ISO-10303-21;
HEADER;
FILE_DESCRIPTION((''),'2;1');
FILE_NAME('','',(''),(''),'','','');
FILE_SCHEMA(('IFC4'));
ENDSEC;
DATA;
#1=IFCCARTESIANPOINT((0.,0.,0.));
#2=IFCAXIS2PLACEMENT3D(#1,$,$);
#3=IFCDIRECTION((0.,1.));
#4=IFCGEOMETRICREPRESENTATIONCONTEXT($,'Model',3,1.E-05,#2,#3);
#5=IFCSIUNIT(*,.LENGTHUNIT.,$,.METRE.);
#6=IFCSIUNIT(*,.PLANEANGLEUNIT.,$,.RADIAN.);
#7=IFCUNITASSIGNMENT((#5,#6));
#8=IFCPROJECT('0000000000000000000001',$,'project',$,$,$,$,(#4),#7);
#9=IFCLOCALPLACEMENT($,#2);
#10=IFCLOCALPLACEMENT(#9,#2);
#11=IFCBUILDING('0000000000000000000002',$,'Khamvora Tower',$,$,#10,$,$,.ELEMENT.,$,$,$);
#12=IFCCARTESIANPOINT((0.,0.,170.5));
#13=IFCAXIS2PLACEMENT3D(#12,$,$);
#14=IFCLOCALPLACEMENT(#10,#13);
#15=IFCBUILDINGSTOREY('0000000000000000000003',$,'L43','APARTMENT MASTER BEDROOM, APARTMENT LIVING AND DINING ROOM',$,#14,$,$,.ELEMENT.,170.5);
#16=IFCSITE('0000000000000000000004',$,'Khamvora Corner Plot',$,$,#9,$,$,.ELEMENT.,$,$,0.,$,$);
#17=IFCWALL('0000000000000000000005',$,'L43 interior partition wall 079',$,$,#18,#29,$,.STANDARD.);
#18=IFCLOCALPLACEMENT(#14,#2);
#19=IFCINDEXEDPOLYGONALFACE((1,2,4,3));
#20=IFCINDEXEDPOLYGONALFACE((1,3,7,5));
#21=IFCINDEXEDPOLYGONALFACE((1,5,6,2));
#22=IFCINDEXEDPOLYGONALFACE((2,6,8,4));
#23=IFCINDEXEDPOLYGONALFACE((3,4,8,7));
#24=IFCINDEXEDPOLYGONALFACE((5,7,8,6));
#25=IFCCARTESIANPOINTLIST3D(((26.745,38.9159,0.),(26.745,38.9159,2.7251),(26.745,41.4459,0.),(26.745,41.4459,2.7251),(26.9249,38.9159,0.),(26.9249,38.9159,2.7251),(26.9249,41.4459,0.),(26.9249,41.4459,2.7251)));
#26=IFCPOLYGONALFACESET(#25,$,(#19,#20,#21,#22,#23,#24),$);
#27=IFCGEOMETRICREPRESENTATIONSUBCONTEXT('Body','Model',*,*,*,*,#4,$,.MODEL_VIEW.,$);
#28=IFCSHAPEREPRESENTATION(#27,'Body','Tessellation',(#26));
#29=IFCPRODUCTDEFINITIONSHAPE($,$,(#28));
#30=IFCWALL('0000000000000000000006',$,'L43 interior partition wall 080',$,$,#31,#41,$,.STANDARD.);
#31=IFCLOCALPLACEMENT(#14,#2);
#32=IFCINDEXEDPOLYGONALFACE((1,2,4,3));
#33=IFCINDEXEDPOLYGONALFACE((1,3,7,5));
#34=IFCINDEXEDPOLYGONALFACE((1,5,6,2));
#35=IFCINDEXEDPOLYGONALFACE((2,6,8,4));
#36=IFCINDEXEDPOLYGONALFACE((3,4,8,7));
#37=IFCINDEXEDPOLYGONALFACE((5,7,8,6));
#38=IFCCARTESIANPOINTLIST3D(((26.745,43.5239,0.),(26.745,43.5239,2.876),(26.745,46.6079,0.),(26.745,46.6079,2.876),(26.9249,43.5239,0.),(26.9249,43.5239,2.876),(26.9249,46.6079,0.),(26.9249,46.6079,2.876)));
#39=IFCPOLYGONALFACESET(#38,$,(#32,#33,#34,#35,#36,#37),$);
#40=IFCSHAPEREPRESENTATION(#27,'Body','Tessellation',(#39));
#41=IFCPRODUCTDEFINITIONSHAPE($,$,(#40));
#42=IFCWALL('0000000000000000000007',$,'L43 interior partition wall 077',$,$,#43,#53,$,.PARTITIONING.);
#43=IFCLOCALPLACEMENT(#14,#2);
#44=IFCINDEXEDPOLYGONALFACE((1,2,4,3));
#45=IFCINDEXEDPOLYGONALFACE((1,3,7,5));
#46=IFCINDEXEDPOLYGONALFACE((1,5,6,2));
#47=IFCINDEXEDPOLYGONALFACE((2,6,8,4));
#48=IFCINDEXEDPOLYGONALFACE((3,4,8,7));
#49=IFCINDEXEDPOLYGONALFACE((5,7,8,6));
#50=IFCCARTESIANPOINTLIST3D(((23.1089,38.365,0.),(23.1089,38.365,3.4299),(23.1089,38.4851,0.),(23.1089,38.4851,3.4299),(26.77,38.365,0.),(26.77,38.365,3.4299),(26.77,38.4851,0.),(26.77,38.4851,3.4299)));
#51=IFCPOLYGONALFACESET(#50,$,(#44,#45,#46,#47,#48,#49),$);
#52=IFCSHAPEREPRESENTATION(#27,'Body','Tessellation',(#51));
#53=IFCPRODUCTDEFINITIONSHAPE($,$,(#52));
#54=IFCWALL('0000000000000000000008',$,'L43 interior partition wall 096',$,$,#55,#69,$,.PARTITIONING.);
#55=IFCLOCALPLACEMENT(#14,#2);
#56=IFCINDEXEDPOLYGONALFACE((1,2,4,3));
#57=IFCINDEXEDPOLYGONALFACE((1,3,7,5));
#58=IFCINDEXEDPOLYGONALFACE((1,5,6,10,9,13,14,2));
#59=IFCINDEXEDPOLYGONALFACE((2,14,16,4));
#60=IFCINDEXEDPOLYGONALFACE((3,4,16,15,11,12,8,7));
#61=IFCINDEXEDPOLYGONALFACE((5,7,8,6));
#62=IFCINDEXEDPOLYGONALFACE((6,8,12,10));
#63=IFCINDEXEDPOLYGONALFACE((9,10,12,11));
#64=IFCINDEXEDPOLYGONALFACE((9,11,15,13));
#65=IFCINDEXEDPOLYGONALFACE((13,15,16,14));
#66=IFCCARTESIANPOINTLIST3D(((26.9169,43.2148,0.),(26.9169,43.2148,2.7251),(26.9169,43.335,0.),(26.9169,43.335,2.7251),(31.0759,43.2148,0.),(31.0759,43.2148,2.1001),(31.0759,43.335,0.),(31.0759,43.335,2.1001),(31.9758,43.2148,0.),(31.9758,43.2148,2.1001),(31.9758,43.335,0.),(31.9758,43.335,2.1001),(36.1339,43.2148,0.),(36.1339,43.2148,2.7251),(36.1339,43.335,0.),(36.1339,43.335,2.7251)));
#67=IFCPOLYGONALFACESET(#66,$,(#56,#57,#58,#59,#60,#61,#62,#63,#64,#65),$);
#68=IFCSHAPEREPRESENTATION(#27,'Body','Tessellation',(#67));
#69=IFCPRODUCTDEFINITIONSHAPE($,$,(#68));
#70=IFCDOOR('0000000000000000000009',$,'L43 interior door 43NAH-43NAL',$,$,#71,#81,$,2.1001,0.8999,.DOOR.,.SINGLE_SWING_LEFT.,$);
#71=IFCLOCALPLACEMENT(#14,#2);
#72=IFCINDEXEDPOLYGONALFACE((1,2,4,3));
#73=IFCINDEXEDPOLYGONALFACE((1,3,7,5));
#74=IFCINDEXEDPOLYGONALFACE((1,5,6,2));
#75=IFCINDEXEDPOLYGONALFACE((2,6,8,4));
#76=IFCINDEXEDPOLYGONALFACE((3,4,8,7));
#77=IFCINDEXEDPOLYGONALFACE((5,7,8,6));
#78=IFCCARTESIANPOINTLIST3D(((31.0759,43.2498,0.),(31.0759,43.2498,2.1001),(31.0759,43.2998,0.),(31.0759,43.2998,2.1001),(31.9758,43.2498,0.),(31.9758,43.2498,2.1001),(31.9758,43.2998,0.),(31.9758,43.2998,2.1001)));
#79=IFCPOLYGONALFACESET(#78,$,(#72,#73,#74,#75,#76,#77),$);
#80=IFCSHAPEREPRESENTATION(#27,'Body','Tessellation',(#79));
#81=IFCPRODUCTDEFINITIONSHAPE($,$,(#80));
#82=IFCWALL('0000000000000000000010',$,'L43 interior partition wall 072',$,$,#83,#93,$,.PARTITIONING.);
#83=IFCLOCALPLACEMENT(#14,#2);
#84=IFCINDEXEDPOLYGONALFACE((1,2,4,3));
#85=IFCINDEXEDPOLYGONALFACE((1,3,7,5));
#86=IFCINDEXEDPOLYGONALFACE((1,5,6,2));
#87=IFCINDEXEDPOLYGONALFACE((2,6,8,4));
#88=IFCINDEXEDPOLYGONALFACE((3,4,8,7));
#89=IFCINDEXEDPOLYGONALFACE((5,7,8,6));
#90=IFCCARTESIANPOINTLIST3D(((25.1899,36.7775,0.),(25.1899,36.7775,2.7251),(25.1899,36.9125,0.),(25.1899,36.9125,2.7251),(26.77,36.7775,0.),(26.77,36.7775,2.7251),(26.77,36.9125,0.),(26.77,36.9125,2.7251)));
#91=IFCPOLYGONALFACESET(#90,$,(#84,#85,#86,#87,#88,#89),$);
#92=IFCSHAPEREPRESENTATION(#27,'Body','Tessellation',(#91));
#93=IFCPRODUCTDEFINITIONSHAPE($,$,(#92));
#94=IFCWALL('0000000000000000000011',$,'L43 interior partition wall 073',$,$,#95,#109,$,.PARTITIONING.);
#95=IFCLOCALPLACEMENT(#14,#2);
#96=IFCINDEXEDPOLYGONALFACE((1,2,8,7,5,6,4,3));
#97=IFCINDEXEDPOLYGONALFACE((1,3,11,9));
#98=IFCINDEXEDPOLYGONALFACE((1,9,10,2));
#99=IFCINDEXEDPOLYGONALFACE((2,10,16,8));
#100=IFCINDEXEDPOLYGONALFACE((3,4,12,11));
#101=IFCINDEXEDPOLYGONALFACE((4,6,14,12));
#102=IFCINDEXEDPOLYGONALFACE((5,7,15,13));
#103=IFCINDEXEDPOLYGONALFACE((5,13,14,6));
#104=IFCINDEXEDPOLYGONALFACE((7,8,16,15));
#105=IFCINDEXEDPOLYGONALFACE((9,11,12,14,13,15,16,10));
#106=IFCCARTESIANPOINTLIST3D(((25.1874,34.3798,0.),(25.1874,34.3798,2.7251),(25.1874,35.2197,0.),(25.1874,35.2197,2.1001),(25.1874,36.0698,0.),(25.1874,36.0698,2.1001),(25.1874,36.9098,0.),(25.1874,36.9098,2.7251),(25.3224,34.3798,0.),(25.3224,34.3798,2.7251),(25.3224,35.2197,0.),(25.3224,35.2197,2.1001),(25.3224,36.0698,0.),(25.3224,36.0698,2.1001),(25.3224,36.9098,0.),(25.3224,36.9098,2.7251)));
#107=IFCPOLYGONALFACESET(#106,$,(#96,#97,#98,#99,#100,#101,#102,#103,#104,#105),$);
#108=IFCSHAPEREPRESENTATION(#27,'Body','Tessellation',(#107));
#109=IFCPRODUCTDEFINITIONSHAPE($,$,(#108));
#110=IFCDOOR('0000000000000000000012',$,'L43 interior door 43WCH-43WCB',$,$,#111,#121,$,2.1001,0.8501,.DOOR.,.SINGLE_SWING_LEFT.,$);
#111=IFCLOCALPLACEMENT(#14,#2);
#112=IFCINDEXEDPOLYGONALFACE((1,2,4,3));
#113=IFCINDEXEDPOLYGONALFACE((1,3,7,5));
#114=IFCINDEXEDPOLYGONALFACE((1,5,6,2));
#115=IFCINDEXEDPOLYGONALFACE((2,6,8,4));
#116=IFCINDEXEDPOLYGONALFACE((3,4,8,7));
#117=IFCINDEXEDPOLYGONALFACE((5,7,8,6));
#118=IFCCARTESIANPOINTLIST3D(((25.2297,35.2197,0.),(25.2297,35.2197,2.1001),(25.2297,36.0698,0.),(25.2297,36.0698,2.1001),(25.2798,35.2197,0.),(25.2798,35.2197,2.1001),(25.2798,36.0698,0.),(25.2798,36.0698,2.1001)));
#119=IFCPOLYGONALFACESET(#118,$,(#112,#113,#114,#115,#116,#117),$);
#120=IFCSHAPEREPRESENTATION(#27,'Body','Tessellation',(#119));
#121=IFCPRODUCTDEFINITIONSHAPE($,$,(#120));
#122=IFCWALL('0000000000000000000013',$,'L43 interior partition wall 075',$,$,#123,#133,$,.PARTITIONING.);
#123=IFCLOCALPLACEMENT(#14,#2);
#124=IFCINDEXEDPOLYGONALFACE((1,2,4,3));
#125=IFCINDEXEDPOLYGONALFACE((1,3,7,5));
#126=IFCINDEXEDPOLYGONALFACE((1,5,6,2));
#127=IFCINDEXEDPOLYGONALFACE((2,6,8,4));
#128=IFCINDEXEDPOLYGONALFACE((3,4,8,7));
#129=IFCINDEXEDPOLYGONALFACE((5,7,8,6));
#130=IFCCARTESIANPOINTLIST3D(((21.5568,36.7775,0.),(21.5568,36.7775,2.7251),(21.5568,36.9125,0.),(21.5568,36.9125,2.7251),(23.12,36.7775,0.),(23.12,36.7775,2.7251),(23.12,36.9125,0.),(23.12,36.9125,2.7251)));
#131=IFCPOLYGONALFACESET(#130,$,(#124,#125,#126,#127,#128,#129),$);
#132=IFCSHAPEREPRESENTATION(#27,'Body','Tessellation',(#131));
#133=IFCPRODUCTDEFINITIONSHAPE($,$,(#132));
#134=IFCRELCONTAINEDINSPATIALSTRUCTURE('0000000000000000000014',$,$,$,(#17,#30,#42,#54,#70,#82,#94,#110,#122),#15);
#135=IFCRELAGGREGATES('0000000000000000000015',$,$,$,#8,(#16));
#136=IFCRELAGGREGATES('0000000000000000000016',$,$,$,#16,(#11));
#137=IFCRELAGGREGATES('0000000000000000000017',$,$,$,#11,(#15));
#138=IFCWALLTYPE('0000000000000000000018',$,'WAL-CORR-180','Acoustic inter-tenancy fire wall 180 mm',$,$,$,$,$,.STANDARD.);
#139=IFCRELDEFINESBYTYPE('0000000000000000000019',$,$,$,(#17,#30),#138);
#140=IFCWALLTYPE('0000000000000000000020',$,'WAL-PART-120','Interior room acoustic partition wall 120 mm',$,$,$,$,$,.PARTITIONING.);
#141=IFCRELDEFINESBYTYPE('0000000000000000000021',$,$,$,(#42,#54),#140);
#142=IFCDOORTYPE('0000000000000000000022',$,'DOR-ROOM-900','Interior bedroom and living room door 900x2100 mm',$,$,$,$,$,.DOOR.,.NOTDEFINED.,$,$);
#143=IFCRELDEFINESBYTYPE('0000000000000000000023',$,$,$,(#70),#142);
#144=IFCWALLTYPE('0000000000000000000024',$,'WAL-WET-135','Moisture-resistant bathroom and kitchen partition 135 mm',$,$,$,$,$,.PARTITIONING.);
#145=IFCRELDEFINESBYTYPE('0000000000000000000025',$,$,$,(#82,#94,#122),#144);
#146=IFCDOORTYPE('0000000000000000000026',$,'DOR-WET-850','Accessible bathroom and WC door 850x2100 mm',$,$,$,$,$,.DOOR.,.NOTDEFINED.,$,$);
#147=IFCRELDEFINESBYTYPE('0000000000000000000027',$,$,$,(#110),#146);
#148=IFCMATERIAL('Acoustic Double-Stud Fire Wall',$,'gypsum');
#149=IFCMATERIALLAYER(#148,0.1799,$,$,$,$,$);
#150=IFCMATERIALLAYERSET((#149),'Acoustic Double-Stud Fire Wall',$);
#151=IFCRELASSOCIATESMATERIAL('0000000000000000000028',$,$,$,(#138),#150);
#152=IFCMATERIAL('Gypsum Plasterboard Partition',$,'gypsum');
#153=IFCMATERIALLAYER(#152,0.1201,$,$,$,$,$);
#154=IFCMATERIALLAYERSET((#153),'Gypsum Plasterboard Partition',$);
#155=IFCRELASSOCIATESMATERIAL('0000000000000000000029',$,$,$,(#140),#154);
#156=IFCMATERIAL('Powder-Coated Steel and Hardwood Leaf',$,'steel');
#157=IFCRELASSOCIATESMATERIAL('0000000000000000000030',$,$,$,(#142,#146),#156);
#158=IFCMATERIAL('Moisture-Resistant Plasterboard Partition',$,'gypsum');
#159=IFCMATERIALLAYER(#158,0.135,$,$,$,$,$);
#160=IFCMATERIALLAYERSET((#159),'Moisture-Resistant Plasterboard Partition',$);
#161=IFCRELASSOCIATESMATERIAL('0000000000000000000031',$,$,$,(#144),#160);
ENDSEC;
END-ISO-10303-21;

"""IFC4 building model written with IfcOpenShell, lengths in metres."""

from ifc_helpers import new_model, si_unit, direction, frame, frame_2d, origin, place, context, subcontext, project, spatial, rectangle, extrude, material, layer, layer_set, type_object, element, fill, save


model = new_model("IFC4")

# Units and contexts
model_context = context("Model", 3, precision=1e-05, world=origin(), true_north=direction((0.0, 1.0)))
body_context = subcontext(model_context, "Body", "Model", "MODEL_VIEW")
ifc_project = project(units=[si_unit("LENGTHUNIT", "METRE"), si_unit("PLANEANGLEUNIT", "RADIAN")], contexts=[model_context])

# Site, building, storey
site_placement = place(None, origin())
site = spatial("IfcSite", under=ifc_project, at=site_placement, Name="Khamvora Corner Plot", CompositionType="ELEMENT", RefElevation=0.0)
building_placement = place(site_placement, origin())
building = spatial("IfcBuilding", under=site, at=building_placement, Name="Khamvora Tower", CompositionType="ELEMENT")
storey_placement = place(building_placement, frame((0.0, 0.0, 170.5)))
storey = spatial("IfcBuildingStorey", under=building, at=storey_placement, Name="L43", Description="APARTMENT MASTER BEDROOM, APARTMENT LIVING AND DINING ROOM", CompositionType="ELEMENT", Elevation=170.5)

# Shared definitions
ifc_material_1 = material(Name="Powder-Coated Steel and Hardwood Leaf", Category="steel")

# Walls
ifc_material_2 = material(Name="Acoustic Double-Stud Fire Wall", Category="gypsum")
ifc_layer_1 = layer(ifc_material_2, 0.1799)
ifc_layer_set_1 = layer_set([ifc_layer_1], Name="Acoustic Double-Stud Fire Wall")
wall_type_1 = type_object("IfcWallType", Name="WAL-CORR-180", Description="Acoustic inter-tenancy fire wall 180 mm", PredefinedType="STANDARD", material=ifc_layer_set_1)
wall_1_placement = place(storey_placement, frame((26.835, 41.446, 0.0), z_axis=(0.0, 0.0, 1.0), x_axis=(0.0, -1.0, 0.0)))
element("IfcWall", 1, at=wall_1_placement, inside=storey, type_object=wall_type_1, Name="L43 interior partition wall 079", PredefinedType="STANDARD", context=body_context, shape_type="SweptSolid", body=[
    extrude(rectangle(XDim=2.53, YDim=0.1799, at=frame_2d((1.2651, 0.0))), origin(), (0.0, 0.0, 1.0), 2.7251),
])
wall_2_placement = place(storey_placement, frame((26.835, 46.6079, 0.0), z_axis=(0.0, 0.0, 1.0), x_axis=(0.0, -1.0, 0.0)))
element("IfcWall", 2, at=wall_2_placement, inside=storey, type_object=wall_type_1, Name="L43 interior partition wall 080", PredefinedType="STANDARD", context=body_context, shape_type="SweptSolid", body=[
    extrude(rectangle(XDim=3.084, YDim=0.1799, at=frame_2d((1.542, 0.0))), origin(), (0.0, 0.0, 1.0), 2.876),
])
ifc_material_3 = material(Name="Gypsum Plasterboard Partition", Category="gypsum")
ifc_layer_2 = layer(ifc_material_3, 0.1201)
ifc_layer_set_2 = layer_set([ifc_layer_2], Name="Gypsum Plasterboard Partition")
wall_type_2 = type_object("IfcWallType", Name="WAL-PART-120", Description="Interior room acoustic partition wall 120 mm", PredefinedType="PARTITIONING", material=ifc_layer_set_2)
wall_3_placement = place(storey_placement, frame((23.1089, 38.425, 0.0), z_axis=(0.0, 0.0, 1.0), x_axis=(1.0, 0.0, 0.0)))
element("IfcWall", 3, at=wall_3_placement, inside=storey, type_object=wall_type_2, Name="L43 interior partition wall 077", PredefinedType="PARTITIONING", context=body_context, shape_type="SweptSolid", body=[
    extrude(rectangle(XDim=3.6611, YDim=0.1201, at=frame_2d((1.8306, 0.0))), origin(), (0.0, 0.0, 1.0), 3.4299),
])

# Wall, opening, door
wall_4_placement = place(storey_placement, frame((26.917, 43.2749, 0.0), z_axis=(0.0, 0.0, 1.0), x_axis=(1.0, 0.0, 0.0)))
wall_4 = element("IfcWall", 4, at=wall_4_placement, inside=storey, type_object=wall_type_2, Name="L43 interior partition wall 096", PredefinedType="PARTITIONING", context=body_context, shape_type="SweptSolid", body=[
    extrude(rectangle(XDim=9.217, YDim=0.1201, at=frame_2d((4.6084, 0.0))), origin(), (0.0, 0.0, 1.0), 2.7251),
])
opening_1_placement = place(wall_4_placement, frame((4.1589, 0.0, 0.0)))
opening_1 = element("IfcOpeningElement", 5, at=opening_1_placement, cuts=wall_4, PredefinedType="OPENING", context=body_context, shape_type="SweptSolid", body=[
    extrude(rectangle(XDim=0.8999, YDim=2.1001, at=frame_2d((0.45, 1.05))), frame((0.0, 0.0701, 0.0), z_axis=(0.0, -1.0, 0.0), x_axis=(1.0, 0.0, 0.0)), (0.0, 0.0, 1.0), 0.1401),
])
door_type_1 = type_object("IfcDoorType", Name="DOR-ROOM-900", Description="Interior bedroom and living room door 900x2100 mm", OperationType="NOTDEFINED", PredefinedType="DOOR", material=ifc_material_1)
door_1_placement = place(opening_1_placement, origin())
door_1 = element("IfcDoor", 6, at=door_1_placement, inside=storey, type_object=door_type_1, Name="L43 interior door 43NAH-43NAL", OperationType="SINGLE_SWING_LEFT", OverallHeight=2.1001, OverallWidth=0.8999, PredefinedType="DOOR", context=body_context, shape_type="SweptSolid", body=[
    extrude(rectangle(XDim=0.8999, YDim=2.1001, at=frame_2d((0.45, 1.05))), frame((0.0, 0.0249, 0.0), z_axis=(0.0, -1.0, 0.0), x_axis=(1.0, 0.0, 0.0)), (0.0, 0.0, 1.0), 0.05),
])
fill(opening_1, door_1)

# Wall
ifc_material_4 = material(Name="Moisture-Resistant Plasterboard Partition", Category="gypsum")
ifc_layer_3 = layer(ifc_material_4, 0.135)
ifc_layer_set_3 = layer_set([ifc_layer_3], Name="Moisture-Resistant Plasterboard Partition")
wall_type_3 = type_object("IfcWallType", Name="WAL-WET-135", Description="Moisture-resistant bathroom and kitchen partition 135 mm", PredefinedType="PARTITIONING", material=ifc_layer_set_3)
wall_5_placement = place(storey_placement, frame((26.77, 36.845, 0.0), z_axis=(0.0, 0.0, 1.0), x_axis=(-1.0, 0.0, 0.0)))
element("IfcWall", 7, at=wall_5_placement, inside=storey, type_object=wall_type_3, Name="L43 interior partition wall 072", PredefinedType="PARTITIONING", context=body_context, shape_type="SweptSolid", body=[
    extrude(rectangle(XDim=1.5801, YDim=0.135, at=frame_2d((0.79, 0.0))), origin(), (0.0, 0.0, 1.0), 2.7251),
])

# Wall, opening, door
wall_6_placement = place(storey_placement, frame((25.2549, 36.9099, 0.0), z_axis=(0.0, 0.0, 1.0), x_axis=(0.0, -1.0, 0.0)))
wall_6 = element("IfcWall", 8, at=wall_6_placement, inside=storey, type_object=wall_type_3, Name="L43 interior partition wall 073", PredefinedType="PARTITIONING", context=body_context, shape_type="SweptSolid", body=[
    extrude(rectangle(XDim=2.53, YDim=0.135, at=frame_2d((1.2651, 0.0))), origin(), (0.0, 0.0, 1.0), 2.7251),
])
opening_2_placement = place(wall_6_placement, frame((0.8401, 0.0, 0.0)))
opening_2 = element("IfcOpeningElement", 9, at=opening_2_placement, cuts=wall_6, PredefinedType="OPENING", context=body_context, shape_type="SweptSolid", body=[
    extrude(rectangle(XDim=0.8501, YDim=2.1001, at=frame_2d((0.425, 1.05))), frame((0.0, 0.0774, 0.0), z_axis=(0.0, -1.0, 0.0), x_axis=(1.0, 0.0, 0.0)), (0.0, 0.0, 1.0), 0.155),
])
door_type_2 = type_object("IfcDoorType", Name="DOR-WET-850", Description="Accessible bathroom and WC door 850x2100 mm", OperationType="NOTDEFINED", PredefinedType="DOOR", material=ifc_material_1)
door_2_placement = place(opening_2_placement, origin())
door_2 = element("IfcDoor", 10, at=door_2_placement, inside=storey, type_object=door_type_2, Name="L43 interior door 43WCH-43WCB", OperationType="SINGLE_SWING_LEFT", OverallHeight=2.1001, OverallWidth=0.8501, PredefinedType="DOOR", context=body_context, shape_type="SweptSolid", body=[
    extrude(rectangle(XDim=0.8501, YDim=2.1001, at=frame_2d((0.425, 1.05))), frame((0.0, 0.0249, 0.0), z_axis=(0.0, -1.0, 0.0), x_axis=(1.0, 0.0, 0.0)), (0.0, 0.0, 1.0), 0.05),
])
fill(opening_2, door_2)

# Wall
wall_7_placement = place(storey_placement, frame((23.1201, 36.845, 0.0), z_axis=(0.0, 0.0, 1.0), x_axis=(-1.0, 0.0, 0.0)))
element("IfcWall", 11, at=wall_7_placement, inside=storey, type_object=wall_type_3, Name="L43 interior partition wall 075", PredefinedType="PARTITIONING", context=body_context, shape_type="SweptSolid", body=[
    extrude(rectangle(XDim=1.5632, YDim=0.135, at=frame_2d((0.7817, 0.0))), origin(), (0.0, 0.0, 1.0), 2.7251),
])

save(model, "model.ifc")
